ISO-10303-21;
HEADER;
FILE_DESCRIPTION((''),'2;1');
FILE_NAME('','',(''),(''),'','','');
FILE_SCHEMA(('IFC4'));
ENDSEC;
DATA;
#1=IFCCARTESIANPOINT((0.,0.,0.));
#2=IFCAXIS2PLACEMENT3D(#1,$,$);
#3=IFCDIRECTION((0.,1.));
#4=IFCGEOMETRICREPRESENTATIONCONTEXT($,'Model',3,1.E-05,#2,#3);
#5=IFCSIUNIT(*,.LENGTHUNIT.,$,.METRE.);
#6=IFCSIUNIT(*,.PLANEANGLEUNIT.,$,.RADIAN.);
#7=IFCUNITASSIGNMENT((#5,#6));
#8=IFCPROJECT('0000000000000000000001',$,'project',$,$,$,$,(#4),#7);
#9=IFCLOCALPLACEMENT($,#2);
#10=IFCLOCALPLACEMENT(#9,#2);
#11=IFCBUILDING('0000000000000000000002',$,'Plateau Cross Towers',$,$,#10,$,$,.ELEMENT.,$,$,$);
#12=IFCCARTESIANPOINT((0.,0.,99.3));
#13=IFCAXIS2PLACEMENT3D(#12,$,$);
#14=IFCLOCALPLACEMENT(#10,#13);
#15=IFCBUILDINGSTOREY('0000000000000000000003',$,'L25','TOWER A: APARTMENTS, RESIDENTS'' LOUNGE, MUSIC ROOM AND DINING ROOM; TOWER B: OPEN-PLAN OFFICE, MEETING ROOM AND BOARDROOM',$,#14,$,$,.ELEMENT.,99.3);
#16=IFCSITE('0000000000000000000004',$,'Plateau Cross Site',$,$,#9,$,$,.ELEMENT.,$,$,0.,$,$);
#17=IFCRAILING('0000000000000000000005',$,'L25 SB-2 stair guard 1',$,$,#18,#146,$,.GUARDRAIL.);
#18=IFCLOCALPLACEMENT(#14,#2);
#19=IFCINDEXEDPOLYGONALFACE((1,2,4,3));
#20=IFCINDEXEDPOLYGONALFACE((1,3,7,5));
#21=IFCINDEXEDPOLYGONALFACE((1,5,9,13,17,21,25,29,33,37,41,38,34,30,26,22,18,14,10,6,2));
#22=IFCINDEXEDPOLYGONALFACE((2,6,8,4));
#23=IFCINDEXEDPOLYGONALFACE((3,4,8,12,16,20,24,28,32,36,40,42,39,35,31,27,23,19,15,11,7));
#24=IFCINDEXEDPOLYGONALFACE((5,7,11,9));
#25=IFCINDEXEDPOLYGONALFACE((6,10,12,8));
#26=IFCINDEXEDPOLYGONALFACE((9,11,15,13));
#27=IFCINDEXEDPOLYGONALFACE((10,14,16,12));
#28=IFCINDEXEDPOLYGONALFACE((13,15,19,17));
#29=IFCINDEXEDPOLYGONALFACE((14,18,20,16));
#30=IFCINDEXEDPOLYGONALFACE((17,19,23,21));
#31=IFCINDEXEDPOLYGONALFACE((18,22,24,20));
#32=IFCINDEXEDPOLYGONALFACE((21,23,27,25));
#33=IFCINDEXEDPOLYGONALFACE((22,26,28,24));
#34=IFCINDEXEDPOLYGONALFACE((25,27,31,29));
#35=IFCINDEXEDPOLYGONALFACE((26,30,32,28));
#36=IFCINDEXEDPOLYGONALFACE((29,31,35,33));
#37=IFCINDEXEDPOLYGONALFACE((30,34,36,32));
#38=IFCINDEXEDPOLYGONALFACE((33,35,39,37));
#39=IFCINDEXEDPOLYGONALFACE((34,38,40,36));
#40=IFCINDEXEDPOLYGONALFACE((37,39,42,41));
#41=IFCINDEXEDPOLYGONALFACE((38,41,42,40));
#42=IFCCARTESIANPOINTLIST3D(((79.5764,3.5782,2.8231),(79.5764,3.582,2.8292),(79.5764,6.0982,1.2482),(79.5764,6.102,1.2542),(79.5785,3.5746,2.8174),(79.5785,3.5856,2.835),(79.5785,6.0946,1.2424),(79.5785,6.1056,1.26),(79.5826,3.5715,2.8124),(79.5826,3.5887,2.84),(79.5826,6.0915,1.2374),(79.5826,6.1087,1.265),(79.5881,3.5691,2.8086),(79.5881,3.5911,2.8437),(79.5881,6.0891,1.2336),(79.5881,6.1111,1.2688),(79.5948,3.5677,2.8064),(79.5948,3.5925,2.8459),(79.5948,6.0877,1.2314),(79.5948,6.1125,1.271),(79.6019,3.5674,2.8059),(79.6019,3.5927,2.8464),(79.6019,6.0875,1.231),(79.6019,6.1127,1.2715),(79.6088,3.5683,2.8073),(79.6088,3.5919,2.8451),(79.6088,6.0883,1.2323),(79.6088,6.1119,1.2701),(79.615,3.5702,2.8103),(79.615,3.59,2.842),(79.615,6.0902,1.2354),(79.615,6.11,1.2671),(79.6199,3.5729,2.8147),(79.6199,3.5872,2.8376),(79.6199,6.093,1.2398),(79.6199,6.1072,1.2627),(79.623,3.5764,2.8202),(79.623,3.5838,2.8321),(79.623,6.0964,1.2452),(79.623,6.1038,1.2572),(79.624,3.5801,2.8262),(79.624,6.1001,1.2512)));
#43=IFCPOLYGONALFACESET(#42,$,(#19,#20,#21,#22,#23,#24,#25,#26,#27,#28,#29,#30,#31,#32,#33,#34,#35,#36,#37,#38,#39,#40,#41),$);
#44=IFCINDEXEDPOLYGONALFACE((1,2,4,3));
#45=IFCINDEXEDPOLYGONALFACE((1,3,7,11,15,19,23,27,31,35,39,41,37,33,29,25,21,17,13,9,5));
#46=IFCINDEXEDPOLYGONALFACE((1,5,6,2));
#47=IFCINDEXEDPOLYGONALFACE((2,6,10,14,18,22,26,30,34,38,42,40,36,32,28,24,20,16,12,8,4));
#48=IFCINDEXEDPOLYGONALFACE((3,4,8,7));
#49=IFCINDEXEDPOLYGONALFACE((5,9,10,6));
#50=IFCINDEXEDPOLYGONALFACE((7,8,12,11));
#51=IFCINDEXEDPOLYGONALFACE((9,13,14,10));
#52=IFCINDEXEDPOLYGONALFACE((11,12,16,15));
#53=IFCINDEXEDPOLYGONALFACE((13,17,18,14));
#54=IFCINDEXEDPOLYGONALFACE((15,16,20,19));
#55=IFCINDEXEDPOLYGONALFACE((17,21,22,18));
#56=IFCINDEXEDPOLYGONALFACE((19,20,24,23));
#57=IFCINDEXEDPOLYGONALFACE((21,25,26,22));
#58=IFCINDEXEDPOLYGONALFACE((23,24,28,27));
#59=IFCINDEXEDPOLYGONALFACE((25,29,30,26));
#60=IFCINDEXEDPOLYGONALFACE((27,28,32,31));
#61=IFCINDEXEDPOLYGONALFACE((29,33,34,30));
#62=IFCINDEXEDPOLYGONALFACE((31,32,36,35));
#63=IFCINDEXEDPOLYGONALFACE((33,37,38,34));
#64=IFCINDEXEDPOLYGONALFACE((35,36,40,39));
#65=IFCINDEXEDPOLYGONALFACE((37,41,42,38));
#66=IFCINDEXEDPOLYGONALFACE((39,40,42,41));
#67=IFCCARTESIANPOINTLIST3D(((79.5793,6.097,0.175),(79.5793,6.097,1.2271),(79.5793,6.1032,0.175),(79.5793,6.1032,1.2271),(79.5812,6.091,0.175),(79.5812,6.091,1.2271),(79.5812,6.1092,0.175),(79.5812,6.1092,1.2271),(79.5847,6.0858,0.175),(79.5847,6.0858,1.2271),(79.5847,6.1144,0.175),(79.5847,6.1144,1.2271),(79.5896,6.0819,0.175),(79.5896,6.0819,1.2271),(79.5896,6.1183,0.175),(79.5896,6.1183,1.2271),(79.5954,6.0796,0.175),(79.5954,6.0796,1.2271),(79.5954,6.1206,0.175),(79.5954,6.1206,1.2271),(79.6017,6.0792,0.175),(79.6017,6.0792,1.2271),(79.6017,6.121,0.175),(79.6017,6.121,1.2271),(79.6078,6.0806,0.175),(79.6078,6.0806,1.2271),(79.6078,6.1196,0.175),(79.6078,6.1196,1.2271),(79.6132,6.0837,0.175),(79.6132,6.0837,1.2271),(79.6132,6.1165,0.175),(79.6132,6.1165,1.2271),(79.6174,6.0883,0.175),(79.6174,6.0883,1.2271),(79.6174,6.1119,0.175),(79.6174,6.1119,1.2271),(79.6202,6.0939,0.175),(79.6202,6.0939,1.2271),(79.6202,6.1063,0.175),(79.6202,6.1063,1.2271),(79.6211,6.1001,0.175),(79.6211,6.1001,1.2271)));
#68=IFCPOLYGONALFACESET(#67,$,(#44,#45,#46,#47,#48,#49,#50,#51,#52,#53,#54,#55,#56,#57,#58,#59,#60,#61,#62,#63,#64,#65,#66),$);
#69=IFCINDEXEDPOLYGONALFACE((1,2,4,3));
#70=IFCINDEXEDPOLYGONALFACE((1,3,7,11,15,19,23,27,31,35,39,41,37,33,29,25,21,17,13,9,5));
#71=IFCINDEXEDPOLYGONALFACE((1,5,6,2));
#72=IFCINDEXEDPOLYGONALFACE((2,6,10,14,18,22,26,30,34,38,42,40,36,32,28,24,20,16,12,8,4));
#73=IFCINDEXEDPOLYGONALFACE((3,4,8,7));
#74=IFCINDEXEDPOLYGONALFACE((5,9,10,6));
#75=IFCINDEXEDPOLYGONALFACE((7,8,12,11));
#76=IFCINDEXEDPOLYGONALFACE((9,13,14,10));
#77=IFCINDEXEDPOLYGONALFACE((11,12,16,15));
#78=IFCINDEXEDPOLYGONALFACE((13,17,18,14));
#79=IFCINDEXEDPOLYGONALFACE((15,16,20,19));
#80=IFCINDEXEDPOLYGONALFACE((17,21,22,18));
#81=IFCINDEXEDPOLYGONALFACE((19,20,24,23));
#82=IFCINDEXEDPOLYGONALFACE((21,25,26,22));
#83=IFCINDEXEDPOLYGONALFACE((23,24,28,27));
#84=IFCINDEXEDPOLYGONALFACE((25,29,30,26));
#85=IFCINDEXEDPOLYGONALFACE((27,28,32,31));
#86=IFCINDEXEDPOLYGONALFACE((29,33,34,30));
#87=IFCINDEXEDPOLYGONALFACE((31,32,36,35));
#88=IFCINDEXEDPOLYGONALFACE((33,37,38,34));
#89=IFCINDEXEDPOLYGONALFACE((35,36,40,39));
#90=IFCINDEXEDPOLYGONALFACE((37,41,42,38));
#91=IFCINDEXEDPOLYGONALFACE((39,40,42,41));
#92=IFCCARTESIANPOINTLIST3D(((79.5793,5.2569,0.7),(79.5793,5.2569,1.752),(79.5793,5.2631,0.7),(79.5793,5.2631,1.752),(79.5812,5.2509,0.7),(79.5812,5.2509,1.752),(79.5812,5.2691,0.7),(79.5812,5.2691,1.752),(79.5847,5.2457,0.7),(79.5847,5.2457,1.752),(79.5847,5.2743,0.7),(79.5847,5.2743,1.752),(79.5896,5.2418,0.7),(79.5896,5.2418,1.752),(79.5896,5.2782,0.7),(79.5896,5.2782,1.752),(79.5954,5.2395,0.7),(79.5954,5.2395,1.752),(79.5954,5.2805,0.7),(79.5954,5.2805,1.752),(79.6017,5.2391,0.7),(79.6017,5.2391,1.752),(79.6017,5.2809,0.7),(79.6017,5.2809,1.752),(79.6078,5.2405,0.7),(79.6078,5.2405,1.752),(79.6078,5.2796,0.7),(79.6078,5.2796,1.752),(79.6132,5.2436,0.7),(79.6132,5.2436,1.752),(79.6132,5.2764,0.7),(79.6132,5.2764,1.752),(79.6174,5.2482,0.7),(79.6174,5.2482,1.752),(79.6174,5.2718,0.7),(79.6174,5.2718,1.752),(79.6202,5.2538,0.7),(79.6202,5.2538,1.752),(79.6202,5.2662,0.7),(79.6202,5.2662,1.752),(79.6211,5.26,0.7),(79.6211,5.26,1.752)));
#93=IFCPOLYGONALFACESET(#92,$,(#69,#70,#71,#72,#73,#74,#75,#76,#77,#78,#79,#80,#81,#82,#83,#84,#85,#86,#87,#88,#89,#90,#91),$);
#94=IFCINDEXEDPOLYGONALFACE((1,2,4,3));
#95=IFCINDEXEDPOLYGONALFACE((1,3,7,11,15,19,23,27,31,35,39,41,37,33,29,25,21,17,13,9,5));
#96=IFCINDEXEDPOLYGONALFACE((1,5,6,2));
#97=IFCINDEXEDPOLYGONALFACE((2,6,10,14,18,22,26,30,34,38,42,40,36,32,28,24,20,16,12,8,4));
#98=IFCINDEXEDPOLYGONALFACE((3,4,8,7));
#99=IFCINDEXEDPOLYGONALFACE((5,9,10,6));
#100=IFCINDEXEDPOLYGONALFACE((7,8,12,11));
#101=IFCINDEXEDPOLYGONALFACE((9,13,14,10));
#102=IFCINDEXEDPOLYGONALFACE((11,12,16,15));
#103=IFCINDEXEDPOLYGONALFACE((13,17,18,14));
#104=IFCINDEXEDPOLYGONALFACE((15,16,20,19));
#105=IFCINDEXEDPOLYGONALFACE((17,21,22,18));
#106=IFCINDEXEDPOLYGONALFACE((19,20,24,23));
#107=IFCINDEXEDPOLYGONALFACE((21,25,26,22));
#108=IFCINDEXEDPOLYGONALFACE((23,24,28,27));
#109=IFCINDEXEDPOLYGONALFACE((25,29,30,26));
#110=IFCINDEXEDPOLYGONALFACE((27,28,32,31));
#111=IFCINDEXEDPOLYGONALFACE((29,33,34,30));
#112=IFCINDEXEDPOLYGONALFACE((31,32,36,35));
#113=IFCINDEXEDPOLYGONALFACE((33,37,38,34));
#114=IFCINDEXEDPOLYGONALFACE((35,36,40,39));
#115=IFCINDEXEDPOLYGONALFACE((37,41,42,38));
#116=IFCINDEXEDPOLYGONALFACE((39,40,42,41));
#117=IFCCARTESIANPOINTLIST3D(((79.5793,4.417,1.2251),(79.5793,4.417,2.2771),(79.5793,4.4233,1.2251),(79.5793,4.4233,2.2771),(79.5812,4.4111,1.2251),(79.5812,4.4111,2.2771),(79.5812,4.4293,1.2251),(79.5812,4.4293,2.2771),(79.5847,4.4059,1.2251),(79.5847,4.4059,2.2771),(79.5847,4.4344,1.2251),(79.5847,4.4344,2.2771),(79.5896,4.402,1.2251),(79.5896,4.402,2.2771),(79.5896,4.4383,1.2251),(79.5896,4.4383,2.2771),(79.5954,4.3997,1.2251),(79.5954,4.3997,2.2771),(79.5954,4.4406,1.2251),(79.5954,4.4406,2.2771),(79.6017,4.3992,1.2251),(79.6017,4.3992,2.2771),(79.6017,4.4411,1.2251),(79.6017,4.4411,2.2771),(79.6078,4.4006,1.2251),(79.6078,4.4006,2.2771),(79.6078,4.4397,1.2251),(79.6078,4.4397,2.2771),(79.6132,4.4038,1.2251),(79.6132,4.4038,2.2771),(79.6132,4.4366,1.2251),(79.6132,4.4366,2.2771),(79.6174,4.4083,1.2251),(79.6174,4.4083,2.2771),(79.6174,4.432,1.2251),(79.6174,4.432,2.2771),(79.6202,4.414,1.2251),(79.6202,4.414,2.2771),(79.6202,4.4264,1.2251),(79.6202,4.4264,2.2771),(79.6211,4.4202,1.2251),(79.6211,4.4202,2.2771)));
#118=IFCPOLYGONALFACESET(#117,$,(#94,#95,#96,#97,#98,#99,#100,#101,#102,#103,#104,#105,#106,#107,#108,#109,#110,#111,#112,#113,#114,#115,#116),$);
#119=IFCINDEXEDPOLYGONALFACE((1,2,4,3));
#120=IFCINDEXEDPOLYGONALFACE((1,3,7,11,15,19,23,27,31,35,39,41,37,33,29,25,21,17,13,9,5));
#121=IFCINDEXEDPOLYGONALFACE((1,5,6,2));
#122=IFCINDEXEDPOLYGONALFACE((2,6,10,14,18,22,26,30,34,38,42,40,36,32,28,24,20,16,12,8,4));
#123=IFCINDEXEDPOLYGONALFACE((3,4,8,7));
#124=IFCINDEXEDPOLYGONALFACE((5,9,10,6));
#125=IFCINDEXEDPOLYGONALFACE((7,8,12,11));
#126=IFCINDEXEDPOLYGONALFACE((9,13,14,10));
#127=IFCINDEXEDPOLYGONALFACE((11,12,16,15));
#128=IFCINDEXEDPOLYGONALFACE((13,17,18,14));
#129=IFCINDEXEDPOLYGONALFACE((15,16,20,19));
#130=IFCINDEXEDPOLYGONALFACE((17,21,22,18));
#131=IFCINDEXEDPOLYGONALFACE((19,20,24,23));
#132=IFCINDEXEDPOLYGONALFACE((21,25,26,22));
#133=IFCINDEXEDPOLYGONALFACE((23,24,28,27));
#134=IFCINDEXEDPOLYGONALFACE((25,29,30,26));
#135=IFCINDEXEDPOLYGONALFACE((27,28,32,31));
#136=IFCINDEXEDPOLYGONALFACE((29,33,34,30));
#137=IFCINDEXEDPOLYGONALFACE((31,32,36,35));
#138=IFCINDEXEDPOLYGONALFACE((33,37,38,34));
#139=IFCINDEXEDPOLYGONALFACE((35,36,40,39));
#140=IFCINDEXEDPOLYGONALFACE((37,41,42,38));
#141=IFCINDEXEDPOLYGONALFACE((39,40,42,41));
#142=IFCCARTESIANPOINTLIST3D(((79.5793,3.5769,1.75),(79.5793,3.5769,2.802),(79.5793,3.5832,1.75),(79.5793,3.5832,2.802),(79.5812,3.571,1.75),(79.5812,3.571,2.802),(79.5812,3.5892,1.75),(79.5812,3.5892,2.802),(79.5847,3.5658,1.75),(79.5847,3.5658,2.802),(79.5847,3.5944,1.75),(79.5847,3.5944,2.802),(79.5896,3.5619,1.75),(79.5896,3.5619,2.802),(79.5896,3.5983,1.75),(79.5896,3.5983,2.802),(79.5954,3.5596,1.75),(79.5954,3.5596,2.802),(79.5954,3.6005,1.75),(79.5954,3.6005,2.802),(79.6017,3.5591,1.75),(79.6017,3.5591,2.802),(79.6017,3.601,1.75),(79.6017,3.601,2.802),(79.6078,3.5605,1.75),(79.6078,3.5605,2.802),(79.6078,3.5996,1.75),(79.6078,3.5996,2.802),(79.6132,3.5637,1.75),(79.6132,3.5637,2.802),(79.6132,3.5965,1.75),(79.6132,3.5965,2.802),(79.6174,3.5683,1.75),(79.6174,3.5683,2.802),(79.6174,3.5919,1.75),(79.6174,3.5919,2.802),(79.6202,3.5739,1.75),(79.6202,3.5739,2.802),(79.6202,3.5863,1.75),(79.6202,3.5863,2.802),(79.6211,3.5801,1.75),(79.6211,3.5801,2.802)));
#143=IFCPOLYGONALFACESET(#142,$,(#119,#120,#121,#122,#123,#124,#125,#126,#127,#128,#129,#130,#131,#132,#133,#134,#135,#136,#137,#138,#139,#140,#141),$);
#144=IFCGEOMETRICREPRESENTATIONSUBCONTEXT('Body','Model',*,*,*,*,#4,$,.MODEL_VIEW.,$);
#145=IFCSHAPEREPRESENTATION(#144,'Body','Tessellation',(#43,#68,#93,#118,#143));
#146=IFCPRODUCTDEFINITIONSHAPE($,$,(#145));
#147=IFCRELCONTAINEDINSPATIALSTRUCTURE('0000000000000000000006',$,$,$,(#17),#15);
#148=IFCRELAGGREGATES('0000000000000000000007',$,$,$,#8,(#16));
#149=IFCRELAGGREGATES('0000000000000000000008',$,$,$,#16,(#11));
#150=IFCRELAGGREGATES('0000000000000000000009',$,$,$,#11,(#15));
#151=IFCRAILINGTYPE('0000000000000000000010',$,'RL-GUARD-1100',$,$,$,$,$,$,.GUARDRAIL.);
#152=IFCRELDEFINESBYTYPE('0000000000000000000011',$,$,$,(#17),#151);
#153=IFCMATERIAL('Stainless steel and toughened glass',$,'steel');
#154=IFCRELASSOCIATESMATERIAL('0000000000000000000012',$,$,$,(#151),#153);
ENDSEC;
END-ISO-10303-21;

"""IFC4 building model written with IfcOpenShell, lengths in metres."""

from ifc_helpers import new_model, si_unit, direction, frame, origin, origin_2d, place, context, subcontext, project, spatial, circle, extrude, material, type_object, element, save


model = new_model("IFC4")

# Units and contexts
model_context = context("Model", 3, precision=1e-05, world=origin(), true_north=direction((0.0, 1.0)))
body_context = subcontext(model_context, "Body", "Model", "MODEL_VIEW")
ifc_project = project(units=[si_unit("LENGTHUNIT", "METRE"), si_unit("PLANEANGLEUNIT", "RADIAN")], contexts=[model_context])

# Site, building, storey
site_placement = place(None, origin())
site = spatial("IfcSite", under=ifc_project, at=site_placement, Name="Plateau Cross Site", CompositionType="ELEMENT", RefElevation=0.0)
building_placement = place(site_placement, origin())
building = spatial("IfcBuilding", under=site, at=building_placement, Name="Plateau Cross Towers", CompositionType="ELEMENT")
storey_placement = place(building_placement, frame((0.0, 0.0, 99.3)))
storey = spatial("IfcBuildingStorey", under=building, at=storey_placement, Name="L25", Description="TOWER A: APARTMENTS, RESIDENTS' LOUNGE, MUSIC ROOM AND DINING ROOM; TOWER B: OPEN-PLAN OFFICE, MEETING ROOM AND BOARDROOM", CompositionType="ELEMENT", Elevation=99.3)

# Railing
ifc_material_1 = material(Name="Stainless steel and toughened glass", Category="steel")
railing_type_1 = type_object("IfcRailingType", Name="RL-GUARD-1100", PredefinedType="GUARDRAIL", material=ifc_material_1)
railing_1_placement = place(storey_placement, frame((79.6001, 6.1001, 0.175)))
element("IfcRailing", 1, at=railing_1_placement, inside=storey, type_object=railing_type_1, Name="L25 SB-2 stair guard 1", PredefinedType="GUARDRAIL", context=body_context, shape_type="SweptSolid", body=[
    extrude(circle(Radius=0.0239, at=origin_2d()), frame((0.0, 0.0, 1.0762), z_axis=(0.0, -0.848008, 0.529984), x_axis=(1.0, 0.0, 0.0)), (0.0, 0.0, 1.0), 2.9717),
    extrude(circle(Radius=0.021, at=origin_2d()), origin(), (0.0, 0.0, 1.0), 1.052),
    extrude(circle(Radius=0.021, at=origin_2d()), frame((0.0, -0.8401, 0.5249)), (0.0, 0.0, 1.0), 1.052),
    extrude(circle(Radius=0.021, at=origin_2d()), frame((0.0, -1.6799, 1.05)), (0.0, 0.0, 1.0), 1.052),
    extrude(circle(Radius=0.021, at=origin_2d()), frame((0.0, -2.52, 1.575)), (0.0, 0.0, 1.0), 1.052),
])

save(model, "model.ifc")
